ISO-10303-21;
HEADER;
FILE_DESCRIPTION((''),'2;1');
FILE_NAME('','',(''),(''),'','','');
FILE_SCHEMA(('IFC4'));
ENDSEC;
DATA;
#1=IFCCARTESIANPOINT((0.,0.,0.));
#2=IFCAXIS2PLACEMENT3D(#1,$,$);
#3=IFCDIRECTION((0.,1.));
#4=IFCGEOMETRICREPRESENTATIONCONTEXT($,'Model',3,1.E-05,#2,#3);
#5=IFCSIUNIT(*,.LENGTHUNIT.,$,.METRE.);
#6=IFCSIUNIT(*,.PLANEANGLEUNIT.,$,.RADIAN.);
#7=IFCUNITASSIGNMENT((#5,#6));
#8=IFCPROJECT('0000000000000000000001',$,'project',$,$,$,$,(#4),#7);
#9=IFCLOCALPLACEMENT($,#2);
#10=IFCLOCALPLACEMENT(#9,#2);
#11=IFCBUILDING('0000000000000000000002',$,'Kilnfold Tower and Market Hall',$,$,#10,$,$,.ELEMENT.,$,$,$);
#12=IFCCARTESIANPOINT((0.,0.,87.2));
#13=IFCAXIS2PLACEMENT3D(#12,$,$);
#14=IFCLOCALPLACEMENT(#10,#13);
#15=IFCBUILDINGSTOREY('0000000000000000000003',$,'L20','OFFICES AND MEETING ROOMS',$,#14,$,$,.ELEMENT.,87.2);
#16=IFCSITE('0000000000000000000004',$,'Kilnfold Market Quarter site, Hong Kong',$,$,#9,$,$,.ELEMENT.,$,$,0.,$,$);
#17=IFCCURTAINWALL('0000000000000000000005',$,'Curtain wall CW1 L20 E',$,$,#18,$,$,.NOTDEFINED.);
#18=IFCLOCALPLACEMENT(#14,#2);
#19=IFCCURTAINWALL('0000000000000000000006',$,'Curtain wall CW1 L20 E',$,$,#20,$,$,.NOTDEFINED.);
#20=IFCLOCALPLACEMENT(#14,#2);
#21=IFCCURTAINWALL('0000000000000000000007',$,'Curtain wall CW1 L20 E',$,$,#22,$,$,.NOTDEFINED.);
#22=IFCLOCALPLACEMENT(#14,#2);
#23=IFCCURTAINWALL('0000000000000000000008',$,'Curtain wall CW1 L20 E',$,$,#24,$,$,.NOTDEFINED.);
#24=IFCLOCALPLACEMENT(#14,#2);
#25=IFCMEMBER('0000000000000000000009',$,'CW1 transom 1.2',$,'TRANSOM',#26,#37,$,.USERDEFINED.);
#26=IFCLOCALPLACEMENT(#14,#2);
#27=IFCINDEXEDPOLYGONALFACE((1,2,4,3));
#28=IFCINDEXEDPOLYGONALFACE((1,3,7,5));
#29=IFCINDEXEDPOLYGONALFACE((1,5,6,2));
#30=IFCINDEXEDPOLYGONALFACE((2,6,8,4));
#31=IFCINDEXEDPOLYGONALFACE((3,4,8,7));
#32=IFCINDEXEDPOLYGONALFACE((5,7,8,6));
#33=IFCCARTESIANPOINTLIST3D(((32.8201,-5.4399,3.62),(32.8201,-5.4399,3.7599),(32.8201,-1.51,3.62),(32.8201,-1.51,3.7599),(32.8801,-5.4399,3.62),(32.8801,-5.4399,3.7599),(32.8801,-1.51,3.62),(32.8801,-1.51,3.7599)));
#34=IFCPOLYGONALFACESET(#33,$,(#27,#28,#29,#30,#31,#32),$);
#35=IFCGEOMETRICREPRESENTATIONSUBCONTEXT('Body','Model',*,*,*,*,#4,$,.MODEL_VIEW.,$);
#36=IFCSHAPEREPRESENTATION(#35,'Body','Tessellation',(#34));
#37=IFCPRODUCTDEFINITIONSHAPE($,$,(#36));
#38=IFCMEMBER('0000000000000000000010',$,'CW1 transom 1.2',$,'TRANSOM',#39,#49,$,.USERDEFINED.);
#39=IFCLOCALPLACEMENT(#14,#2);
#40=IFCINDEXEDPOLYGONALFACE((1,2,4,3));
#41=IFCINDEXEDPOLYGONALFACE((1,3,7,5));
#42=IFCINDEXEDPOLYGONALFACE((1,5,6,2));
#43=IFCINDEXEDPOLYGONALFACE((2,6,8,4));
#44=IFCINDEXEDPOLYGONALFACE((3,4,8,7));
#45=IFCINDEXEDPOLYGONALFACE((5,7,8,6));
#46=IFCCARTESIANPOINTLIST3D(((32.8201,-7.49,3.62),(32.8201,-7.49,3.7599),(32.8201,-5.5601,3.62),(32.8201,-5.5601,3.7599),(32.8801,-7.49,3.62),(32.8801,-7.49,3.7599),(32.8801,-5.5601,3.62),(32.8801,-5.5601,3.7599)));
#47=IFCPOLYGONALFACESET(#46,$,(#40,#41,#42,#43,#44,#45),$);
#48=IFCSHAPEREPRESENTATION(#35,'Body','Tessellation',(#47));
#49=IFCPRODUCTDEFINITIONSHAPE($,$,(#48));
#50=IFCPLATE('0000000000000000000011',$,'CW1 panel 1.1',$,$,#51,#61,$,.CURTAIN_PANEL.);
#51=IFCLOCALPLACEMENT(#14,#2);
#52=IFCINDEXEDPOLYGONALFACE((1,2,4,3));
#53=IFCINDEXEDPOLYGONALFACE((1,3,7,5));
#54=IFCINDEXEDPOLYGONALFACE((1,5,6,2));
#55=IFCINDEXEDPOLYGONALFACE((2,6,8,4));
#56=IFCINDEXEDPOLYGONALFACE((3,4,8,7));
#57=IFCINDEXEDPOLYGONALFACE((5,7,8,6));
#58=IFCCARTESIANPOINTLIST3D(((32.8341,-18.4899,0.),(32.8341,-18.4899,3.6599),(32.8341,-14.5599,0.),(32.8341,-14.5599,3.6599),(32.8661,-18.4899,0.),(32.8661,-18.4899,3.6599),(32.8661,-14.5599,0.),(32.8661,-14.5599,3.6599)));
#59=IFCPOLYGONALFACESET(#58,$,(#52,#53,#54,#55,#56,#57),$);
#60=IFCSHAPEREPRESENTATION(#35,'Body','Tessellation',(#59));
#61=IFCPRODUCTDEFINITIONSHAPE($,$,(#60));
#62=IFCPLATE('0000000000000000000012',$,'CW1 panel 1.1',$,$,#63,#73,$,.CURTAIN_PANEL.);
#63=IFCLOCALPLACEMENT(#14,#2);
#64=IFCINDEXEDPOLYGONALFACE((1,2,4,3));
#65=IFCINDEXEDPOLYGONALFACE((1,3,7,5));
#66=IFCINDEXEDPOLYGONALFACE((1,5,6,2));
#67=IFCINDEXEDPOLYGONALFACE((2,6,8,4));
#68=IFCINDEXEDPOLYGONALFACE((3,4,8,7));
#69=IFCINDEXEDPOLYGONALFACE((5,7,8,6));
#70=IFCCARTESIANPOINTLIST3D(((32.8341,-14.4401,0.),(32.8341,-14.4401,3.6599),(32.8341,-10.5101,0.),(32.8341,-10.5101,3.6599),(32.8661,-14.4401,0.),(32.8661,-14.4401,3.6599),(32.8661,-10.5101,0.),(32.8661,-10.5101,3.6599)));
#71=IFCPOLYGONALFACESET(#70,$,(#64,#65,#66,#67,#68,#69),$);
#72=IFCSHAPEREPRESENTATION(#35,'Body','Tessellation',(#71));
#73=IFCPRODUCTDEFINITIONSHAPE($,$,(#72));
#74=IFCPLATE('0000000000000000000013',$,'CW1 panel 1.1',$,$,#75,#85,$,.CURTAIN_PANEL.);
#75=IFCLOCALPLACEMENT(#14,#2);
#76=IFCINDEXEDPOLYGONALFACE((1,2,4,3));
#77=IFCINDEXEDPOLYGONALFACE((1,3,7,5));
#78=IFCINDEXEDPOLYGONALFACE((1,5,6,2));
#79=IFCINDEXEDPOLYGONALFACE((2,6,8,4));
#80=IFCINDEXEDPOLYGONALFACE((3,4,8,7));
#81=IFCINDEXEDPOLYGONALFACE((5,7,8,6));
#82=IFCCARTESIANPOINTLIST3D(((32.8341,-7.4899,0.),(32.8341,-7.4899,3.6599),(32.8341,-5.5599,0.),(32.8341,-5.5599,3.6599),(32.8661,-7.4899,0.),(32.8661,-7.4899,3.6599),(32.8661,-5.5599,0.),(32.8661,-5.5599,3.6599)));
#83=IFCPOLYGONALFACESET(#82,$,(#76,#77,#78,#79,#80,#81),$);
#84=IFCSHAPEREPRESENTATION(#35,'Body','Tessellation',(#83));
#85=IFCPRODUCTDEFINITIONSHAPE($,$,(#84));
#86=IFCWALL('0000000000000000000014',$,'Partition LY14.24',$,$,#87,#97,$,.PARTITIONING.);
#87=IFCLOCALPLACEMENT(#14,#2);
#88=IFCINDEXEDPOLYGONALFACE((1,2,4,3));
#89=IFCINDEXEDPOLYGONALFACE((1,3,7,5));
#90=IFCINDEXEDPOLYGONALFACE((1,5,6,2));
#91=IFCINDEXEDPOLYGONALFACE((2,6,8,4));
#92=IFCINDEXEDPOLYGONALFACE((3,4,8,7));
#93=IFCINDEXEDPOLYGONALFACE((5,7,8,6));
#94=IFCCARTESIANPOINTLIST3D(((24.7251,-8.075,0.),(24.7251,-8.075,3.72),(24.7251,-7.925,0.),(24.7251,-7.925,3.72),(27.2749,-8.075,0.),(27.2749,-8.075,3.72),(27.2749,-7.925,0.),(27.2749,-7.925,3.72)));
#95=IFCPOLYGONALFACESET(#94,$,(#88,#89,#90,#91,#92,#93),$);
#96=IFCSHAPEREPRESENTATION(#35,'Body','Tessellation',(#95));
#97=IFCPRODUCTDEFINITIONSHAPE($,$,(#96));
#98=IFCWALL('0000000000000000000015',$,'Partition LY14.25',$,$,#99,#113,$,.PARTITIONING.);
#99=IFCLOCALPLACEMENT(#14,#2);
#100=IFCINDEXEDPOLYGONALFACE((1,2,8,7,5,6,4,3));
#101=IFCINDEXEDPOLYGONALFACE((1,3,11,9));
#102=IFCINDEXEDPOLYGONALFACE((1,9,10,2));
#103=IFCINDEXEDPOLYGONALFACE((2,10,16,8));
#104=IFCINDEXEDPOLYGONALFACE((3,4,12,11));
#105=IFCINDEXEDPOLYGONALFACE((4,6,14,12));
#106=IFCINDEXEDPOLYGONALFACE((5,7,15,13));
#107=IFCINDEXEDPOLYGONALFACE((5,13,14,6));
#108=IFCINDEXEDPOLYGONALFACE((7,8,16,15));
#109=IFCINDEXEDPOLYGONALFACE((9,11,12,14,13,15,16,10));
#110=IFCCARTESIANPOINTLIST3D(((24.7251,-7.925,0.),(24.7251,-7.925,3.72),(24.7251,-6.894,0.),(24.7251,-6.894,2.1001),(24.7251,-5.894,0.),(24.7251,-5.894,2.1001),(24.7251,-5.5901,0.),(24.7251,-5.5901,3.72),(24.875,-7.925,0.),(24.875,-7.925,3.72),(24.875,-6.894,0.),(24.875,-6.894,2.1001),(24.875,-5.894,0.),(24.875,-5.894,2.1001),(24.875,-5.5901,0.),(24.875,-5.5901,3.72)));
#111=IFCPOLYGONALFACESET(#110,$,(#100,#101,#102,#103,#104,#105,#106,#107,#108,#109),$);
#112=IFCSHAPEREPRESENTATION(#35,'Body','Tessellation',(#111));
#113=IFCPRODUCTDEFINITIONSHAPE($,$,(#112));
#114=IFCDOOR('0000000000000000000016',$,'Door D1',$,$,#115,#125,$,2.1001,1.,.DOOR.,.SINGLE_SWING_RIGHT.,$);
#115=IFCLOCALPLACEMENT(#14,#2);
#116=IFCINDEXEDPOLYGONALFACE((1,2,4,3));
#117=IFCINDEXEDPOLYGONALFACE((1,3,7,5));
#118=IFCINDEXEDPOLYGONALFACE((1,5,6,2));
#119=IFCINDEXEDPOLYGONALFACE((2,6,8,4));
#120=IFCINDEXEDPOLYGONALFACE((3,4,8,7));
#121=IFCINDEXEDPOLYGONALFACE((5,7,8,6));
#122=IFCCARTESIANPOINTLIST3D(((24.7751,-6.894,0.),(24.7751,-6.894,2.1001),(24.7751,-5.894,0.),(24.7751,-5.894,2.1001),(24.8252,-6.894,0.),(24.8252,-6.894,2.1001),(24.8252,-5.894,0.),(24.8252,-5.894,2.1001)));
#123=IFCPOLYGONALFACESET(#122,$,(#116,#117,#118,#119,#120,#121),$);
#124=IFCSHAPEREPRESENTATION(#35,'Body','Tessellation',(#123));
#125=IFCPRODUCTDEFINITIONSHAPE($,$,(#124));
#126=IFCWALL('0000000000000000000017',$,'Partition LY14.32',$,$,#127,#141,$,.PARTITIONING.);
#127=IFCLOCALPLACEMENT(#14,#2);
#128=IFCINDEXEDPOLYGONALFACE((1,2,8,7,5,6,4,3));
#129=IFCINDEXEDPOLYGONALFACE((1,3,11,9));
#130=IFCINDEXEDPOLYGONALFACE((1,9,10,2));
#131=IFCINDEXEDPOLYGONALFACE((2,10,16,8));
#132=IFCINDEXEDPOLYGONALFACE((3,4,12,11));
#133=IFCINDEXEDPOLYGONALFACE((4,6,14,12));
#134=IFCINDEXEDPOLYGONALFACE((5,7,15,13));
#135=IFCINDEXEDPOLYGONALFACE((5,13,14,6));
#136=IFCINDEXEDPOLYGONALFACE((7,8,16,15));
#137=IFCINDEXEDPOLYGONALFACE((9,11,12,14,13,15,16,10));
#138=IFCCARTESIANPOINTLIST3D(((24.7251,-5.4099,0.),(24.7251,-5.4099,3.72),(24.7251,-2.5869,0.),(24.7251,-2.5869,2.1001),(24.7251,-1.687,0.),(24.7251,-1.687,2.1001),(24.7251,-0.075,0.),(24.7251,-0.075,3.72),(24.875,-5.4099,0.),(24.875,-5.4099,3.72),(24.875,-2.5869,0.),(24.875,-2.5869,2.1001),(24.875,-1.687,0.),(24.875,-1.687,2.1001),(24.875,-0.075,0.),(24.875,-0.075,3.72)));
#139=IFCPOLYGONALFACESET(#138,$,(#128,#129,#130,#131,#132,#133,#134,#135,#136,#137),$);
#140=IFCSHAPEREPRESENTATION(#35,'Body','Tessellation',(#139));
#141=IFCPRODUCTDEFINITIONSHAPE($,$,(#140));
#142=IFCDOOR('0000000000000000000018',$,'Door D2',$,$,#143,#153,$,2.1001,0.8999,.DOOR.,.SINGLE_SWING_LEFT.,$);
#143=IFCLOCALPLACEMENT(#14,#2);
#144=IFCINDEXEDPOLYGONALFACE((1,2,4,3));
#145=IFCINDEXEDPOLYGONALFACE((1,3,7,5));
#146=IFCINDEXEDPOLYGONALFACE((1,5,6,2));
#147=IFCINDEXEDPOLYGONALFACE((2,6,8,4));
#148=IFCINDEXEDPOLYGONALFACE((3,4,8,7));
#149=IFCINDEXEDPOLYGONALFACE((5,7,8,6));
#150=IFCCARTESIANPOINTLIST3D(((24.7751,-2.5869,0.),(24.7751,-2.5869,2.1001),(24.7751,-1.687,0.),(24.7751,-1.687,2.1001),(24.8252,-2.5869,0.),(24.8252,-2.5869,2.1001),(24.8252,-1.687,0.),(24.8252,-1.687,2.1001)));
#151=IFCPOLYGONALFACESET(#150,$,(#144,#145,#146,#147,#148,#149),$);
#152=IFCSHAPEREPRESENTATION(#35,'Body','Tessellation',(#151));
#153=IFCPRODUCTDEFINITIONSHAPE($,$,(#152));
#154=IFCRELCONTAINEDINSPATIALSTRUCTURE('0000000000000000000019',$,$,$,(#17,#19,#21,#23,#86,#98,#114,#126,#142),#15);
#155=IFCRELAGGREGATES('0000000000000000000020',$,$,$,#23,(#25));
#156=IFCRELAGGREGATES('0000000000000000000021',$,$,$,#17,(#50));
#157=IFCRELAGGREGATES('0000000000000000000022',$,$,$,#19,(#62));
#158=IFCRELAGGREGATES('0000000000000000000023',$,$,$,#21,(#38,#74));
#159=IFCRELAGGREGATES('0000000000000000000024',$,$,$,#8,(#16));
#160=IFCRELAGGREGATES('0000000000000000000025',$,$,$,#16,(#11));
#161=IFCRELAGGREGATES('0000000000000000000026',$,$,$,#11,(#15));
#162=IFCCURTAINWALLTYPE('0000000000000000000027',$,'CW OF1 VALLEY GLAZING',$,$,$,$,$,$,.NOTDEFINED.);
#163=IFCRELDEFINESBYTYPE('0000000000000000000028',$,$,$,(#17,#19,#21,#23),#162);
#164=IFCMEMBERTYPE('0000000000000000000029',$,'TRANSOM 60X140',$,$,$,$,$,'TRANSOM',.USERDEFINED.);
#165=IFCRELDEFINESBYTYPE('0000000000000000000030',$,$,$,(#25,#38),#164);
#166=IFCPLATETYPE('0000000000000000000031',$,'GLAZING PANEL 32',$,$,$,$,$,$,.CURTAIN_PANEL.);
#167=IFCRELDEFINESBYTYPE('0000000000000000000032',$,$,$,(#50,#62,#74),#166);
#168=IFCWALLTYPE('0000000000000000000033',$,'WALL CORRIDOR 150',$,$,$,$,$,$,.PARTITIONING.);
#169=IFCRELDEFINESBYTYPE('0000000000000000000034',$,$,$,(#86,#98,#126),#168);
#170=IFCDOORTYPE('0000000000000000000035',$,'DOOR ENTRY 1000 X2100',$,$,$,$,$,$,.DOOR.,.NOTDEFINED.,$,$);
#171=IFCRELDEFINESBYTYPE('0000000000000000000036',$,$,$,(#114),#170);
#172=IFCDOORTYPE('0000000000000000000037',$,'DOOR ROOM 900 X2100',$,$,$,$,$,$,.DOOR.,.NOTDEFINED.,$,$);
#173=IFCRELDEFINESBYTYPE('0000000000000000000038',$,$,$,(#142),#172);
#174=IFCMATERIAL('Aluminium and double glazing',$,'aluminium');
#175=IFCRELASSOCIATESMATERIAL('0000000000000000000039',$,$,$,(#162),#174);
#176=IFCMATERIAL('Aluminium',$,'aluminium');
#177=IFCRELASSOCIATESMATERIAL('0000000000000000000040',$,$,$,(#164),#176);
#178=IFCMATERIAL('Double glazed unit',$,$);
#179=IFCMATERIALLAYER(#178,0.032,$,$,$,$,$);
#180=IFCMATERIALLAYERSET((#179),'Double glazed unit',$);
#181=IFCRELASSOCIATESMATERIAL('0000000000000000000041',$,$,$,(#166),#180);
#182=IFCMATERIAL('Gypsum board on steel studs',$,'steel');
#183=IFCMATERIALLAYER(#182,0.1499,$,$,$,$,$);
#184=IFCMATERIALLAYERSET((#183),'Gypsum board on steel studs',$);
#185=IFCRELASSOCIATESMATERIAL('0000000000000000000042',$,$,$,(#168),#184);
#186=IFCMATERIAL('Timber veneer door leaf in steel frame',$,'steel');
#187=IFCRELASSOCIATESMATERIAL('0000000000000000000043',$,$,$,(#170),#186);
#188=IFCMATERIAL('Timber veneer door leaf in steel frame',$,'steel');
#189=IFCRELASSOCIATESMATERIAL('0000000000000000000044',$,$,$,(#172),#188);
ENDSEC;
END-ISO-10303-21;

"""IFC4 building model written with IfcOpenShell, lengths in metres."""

from ifc_helpers import new_model, si_unit, direction, frame, frame_2d, origin, origin_2d, place, context, subcontext, project, spatial, rectangle, extrude, source, transform, mapped, material, layer, layer_set, material_profile, profile_set, type_object, element, fill, aggregate, save


model = new_model("IFC4")

# Units and contexts
model_context = context("Model", 3, precision=1e-05, world=origin(), true_north=direction((0.0, 1.0)))
body_context = subcontext(model_context, "Body", "Model", "MODEL_VIEW")
ifc_project = project(units=[si_unit("LENGTHUNIT", "METRE"), si_unit("PLANEANGLEUNIT", "RADIAN")], contexts=[model_context])

# Site, building, storey
site_placement = place(None, origin())
site = spatial("IfcSite", under=ifc_project, at=site_placement, Name="Kilnfold Market Quarter site, Hong Kong", CompositionType="ELEMENT", RefElevation=0.0)
building_placement = place(site_placement, origin())
building = spatial("IfcBuilding", under=site, at=building_placement, Name="Kilnfold Tower and Market Hall", CompositionType="ELEMENT")
storey_placement = place(building_placement, frame((0.0, 0.0, 87.2)))
storey = spatial("IfcBuildingStorey", under=building, at=storey_placement, Name="L20", Description="OFFICES AND MEETING ROOMS", CompositionType="ELEMENT", Elevation=87.2)

# Curtain walls
ifc_material_1 = material(Name="Aluminium and double glazing", Category="aluminium")
curtain_wall_type = type_object("IfcCurtainWallType", Name="CW OF1 VALLEY GLAZING", PredefinedType="NOTDEFINED", material=ifc_material_1)
curtain_wall_1_placement = place(storey_placement, origin())
curtain_wall_1 = element("IfcCurtainWall", 1, at=curtain_wall_1_placement, inside=storey, type_object=curtain_wall_type, Name="Curtain wall CW1 L20 E", PredefinedType="NOTDEFINED")
curtain_wall_2_placement = place(storey_placement, origin())
curtain_wall_2 = element("IfcCurtainWall", 2, at=curtain_wall_2_placement, inside=storey, type_object=curtain_wall_type, Name="Curtain wall CW1 L20 E", PredefinedType="NOTDEFINED")
curtain_wall_3_placement = place(storey_placement, origin())
curtain_wall_3 = element("IfcCurtainWall", 3, at=curtain_wall_3_placement, inside=storey, type_object=curtain_wall_type, Name="Curtain wall CW1 L20 E", PredefinedType="NOTDEFINED")

# Curtain wall
curtain_wall_4_placement = place(storey_placement, origin())
curtain_wall_4 = element("IfcCurtainWall", 4, at=curtain_wall_4_placement, inside=storey, type_object=curtain_wall_type, Name="Curtain wall CW1 L20 E", PredefinedType="NOTDEFINED")

# Members
ifc_material_2 = material(Name="Aluminium", Category="aluminium")
ifc_material_profile_1 = material_profile(ifc_material_2, rectangle(XDim=0.0601, YDim=0.1399, at=origin_2d()), Name="TRANSOM 60x140")
ifc_profile_set_1 = profile_set([ifc_material_profile_1], Name="Aluminium")
member_type_1 = type_object("IfcMemberType", Name="TRANSOM 60X140", ElementType="TRANSOM", PredefinedType="USERDEFINED", material=ifc_profile_set_1)
shared_shape_1 = source(origin(), body_context, "Body", "SweptSolid", [
    extrude(rectangle(XDim=0.0601, YDim=0.1399, at=origin_2d()), origin(), (0.0, 0.0, 1.0), 3.9299),
])
member_1_placement = place(storey_placement, frame((32.8501, -5.4399, 3.6899), z_axis=(0.0, 1.0, 0.0), x_axis=(-1.0, 0.0, 0.0)))
member_1 = element("IfcMember", 5, at=member_1_placement, type_object=member_type_1, Name="CW1 transom 1.2", ObjectType="TRANSOM", PredefinedType="USERDEFINED", context=body_context, shape_type="MappedRepresentation", body=[
    mapped(shared_shape_1, transform((0.0, 0.0, 0.0))),
])
aggregate(curtain_wall_4, [member_1])
shared_shape_2 = source(origin(), body_context, "Body", "SweptSolid", [
    extrude(rectangle(XDim=0.0601, YDim=0.1399, at=origin_2d()), origin(), (0.0, 0.0, 1.0), 1.9299),
])
member_2_placement = place(storey_placement, frame((32.8501, -7.49, 3.6899), z_axis=(0.0, 1.0, 0.0), x_axis=(-1.0, 0.0, 0.0)))
member_2 = element("IfcMember", 6, at=member_2_placement, type_object=member_type_1, Name="CW1 transom 1.2", ObjectType="TRANSOM", PredefinedType="USERDEFINED", context=body_context, shape_type="MappedRepresentation", body=[
    mapped(shared_shape_2, transform((0.0, 0.0, 0.0))),
])

# Plates
ifc_material_3 = material(Name="Double glazed unit")
ifc_layer_1 = layer(ifc_material_3, 0.032)
ifc_layer_set_1 = layer_set([ifc_layer_1], Name="Double glazed unit")
plate_type = type_object("IfcPlateType", Name="GLAZING PANEL 32", PredefinedType="CURTAIN_PANEL", material=ifc_layer_set_1)
shared_shape_3 = source(origin(), body_context, "Body", "SweptSolid", [
    extrude(rectangle(XDim=3.9299, YDim=0.032, at=origin_2d()), origin(), (0.0, 0.0, 1.0), 3.6599),
])
plate_1_placement = place(storey_placement, frame((32.8501, -16.5249, 0.0), z_axis=(0.0, 0.0, 1.0), x_axis=(0.0, 1.0, 0.0)))
plate_1 = element("IfcPlate", 7, at=plate_1_placement, type_object=plate_type, Name="CW1 panel 1.1", PredefinedType="CURTAIN_PANEL", context=body_context, shape_type="MappedRepresentation", body=[
    mapped(shared_shape_3, transform((0.0, 0.0, 0.0))),
])
aggregate(curtain_wall_1, [plate_1])
plate_2_placement = place(storey_placement, frame((32.8501, -12.4751, 0.0), z_axis=(0.0, 0.0, 1.0), x_axis=(0.0, 1.0, 0.0)))
plate_2 = element("IfcPlate", 8, at=plate_2_placement, type_object=plate_type, Name="CW1 panel 1.1", PredefinedType="CURTAIN_PANEL", context=body_context, shape_type="MappedRepresentation", body=[
    mapped(shared_shape_3, transform((0.0, 0.0, 0.0))),
])
aggregate(curtain_wall_2, [plate_2])
shared_shape_4 = source(origin(), body_context, "Body", "SweptSolid", [
    extrude(rectangle(XDim=1.9299, YDim=0.032, at=origin_2d()), origin(), (0.0, 0.0, 1.0), 3.6599),
])
plate_3_placement = place(storey_placement, frame((32.8501, -6.5249, 0.0), z_axis=(0.0, 0.0, 1.0), x_axis=(0.0, 1.0, 0.0)))
plate_3 = element("IfcPlate", 9, at=plate_3_placement, type_object=plate_type, Name="CW1 panel 1.1", PredefinedType="CURTAIN_PANEL", context=body_context, shape_type="MappedRepresentation", body=[
    mapped(shared_shape_4, transform((0.0, 0.0, 0.0))),
])
aggregate(curtain_wall_3, [member_2, plate_3])

# Wall
ifc_material_4 = material(Name="Gypsum board on steel studs", Category="steel")
ifc_layer_2 = layer(ifc_material_4, 0.1499)
ifc_layer_set_2 = layer_set([ifc_layer_2], Name="Gypsum board on steel studs")
wall_type_1 = type_object("IfcWallType", Name="WALL CORRIDOR 150", PredefinedType="PARTITIONING", material=ifc_layer_set_2)
wall_1_placement = place(storey_placement, frame((24.7251, -8.0, 0.0), z_axis=(0.0, 0.0, 1.0), x_axis=(1.0, 0.0, 0.0)))
element("IfcWall", 10, at=wall_1_placement, inside=storey, type_object=wall_type_1, Name="Partition LY14.24", PredefinedType="PARTITIONING", context=body_context, shape_type="SweptSolid", body=[
    extrude(rectangle(XDim=2.5498, YDim=0.1499, at=frame_2d((1.2749, 0.0))), origin(), (0.0, 0.0, 1.0), 3.72),
])

# Walls, openings, doors
wall_2_placement = place(storey_placement, frame((24.8, -7.925, 0.0), z_axis=(0.0, 0.0, 1.0), x_axis=(0.0, 1.0, 0.0)))
wall_2 = element("IfcWall", 11, at=wall_2_placement, inside=storey, type_object=wall_type_1, Name="Partition LY14.25", PredefinedType="PARTITIONING", context=body_context, shape_type="SweptSolid", body=[
    extrude(rectangle(XDim=2.335, YDim=0.1499, at=frame_2d((1.1675, 0.0))), origin(), (0.0, 0.0, 1.0), 3.72),
])
opening_1_placement = place(wall_2_placement, frame((1.031, 0.0, 0.0)))
opening_1 = element("IfcOpeningElement", 12, at=opening_1_placement, cuts=wall_2, PredefinedType="OPENING", context=body_context, shape_type="SweptSolid", body=[
    extrude(rectangle(XDim=1.0, YDim=2.1001, at=frame_2d((0.5, 1.05))), frame((0.0, 0.085, 0.0), z_axis=(0.0, -1.0, 0.0), x_axis=(1.0, 0.0, 0.0)), (0.0, 0.0, 1.0), 0.1699),
])
ifc_material_5 = material(Name="Timber veneer door leaf in steel frame", Category="steel")
door_type_1 = type_object("IfcDoorType", Name="DOOR ENTRY 1000 X2100", OperationType="NOTDEFINED", PredefinedType="DOOR", material=ifc_material_5)
door_1_placement = place(opening_1_placement, origin())
door_1 = element("IfcDoor", 13, at=door_1_placement, inside=storey, type_object=door_type_1, Name="Door D1", OperationType="SINGLE_SWING_RIGHT", OverallHeight=2.1001, OverallWidth=1.0, PredefinedType="DOOR", context=body_context, shape_type="SweptSolid", body=[
    extrude(rectangle(XDim=1.0, YDim=2.1001, at=frame_2d((0.5, 1.05))), frame((0.0, 0.0249, 0.0), z_axis=(0.0, -1.0, 0.0), x_axis=(1.0, 0.0, 0.0)), (0.0, 0.0, 1.0), 0.05),
])
fill(opening_1, door_1)
wall_3_placement = place(storey_placement, frame((24.8, -5.4099, 0.0), z_axis=(0.0, 0.0, 1.0), x_axis=(0.0, 1.0, 0.0)))
wall_3 = element("IfcWall", 14, at=wall_3_placement, inside=storey, type_object=wall_type_1, Name="Partition LY14.32", PredefinedType="PARTITIONING", context=body_context, shape_type="SweptSolid", body=[
    extrude(rectangle(XDim=5.335, YDim=0.1499, at=frame_2d((2.6675, 0.0))), origin(), (0.0, 0.0, 1.0), 3.72),
])
opening_2_placement = place(wall_3_placement, frame((2.823, 0.0, 0.0)))
opening_2 = element("IfcOpeningElement", 15, at=opening_2_placement, cuts=wall_3, PredefinedType="OPENING", context=body_context, shape_type="SweptSolid", body=[
    extrude(rectangle(XDim=0.8999, YDim=2.1001, at=frame_2d((0.45, 1.05))), frame((0.0, 0.085, 0.0), z_axis=(0.0, -1.0, 0.0), x_axis=(1.0, 0.0, 0.0)), (0.0, 0.0, 1.0), 0.1699),
])
ifc_material_6 = material(Name="Timber veneer door leaf in steel frame", Category="steel")
door_type_2 = type_object("IfcDoorType", Name="DOOR ROOM 900 X2100", OperationType="NOTDEFINED", PredefinedType="DOOR", material=ifc_material_6)
door_2_placement = place(opening_2_placement, origin())
door_2 = element("IfcDoor", 16, at=door_2_placement, inside=storey, type_object=door_type_2, Name="Door D2", OperationType="SINGLE_SWING_LEFT", OverallHeight=2.1001, OverallWidth=0.8999, PredefinedType="DOOR", context=body_context, shape_type="SweptSolid", body=[
    extrude(rectangle(XDim=0.8999, YDim=2.1001, at=frame_2d((0.45, 1.05))), frame((0.0, 0.0249, 0.0), z_axis=(0.0, -1.0, 0.0), x_axis=(1.0, 0.0, 0.0)), (0.0, 0.0, 1.0), 0.05),
])
fill(opening_2, door_2)

save(model, "model.ifc")
